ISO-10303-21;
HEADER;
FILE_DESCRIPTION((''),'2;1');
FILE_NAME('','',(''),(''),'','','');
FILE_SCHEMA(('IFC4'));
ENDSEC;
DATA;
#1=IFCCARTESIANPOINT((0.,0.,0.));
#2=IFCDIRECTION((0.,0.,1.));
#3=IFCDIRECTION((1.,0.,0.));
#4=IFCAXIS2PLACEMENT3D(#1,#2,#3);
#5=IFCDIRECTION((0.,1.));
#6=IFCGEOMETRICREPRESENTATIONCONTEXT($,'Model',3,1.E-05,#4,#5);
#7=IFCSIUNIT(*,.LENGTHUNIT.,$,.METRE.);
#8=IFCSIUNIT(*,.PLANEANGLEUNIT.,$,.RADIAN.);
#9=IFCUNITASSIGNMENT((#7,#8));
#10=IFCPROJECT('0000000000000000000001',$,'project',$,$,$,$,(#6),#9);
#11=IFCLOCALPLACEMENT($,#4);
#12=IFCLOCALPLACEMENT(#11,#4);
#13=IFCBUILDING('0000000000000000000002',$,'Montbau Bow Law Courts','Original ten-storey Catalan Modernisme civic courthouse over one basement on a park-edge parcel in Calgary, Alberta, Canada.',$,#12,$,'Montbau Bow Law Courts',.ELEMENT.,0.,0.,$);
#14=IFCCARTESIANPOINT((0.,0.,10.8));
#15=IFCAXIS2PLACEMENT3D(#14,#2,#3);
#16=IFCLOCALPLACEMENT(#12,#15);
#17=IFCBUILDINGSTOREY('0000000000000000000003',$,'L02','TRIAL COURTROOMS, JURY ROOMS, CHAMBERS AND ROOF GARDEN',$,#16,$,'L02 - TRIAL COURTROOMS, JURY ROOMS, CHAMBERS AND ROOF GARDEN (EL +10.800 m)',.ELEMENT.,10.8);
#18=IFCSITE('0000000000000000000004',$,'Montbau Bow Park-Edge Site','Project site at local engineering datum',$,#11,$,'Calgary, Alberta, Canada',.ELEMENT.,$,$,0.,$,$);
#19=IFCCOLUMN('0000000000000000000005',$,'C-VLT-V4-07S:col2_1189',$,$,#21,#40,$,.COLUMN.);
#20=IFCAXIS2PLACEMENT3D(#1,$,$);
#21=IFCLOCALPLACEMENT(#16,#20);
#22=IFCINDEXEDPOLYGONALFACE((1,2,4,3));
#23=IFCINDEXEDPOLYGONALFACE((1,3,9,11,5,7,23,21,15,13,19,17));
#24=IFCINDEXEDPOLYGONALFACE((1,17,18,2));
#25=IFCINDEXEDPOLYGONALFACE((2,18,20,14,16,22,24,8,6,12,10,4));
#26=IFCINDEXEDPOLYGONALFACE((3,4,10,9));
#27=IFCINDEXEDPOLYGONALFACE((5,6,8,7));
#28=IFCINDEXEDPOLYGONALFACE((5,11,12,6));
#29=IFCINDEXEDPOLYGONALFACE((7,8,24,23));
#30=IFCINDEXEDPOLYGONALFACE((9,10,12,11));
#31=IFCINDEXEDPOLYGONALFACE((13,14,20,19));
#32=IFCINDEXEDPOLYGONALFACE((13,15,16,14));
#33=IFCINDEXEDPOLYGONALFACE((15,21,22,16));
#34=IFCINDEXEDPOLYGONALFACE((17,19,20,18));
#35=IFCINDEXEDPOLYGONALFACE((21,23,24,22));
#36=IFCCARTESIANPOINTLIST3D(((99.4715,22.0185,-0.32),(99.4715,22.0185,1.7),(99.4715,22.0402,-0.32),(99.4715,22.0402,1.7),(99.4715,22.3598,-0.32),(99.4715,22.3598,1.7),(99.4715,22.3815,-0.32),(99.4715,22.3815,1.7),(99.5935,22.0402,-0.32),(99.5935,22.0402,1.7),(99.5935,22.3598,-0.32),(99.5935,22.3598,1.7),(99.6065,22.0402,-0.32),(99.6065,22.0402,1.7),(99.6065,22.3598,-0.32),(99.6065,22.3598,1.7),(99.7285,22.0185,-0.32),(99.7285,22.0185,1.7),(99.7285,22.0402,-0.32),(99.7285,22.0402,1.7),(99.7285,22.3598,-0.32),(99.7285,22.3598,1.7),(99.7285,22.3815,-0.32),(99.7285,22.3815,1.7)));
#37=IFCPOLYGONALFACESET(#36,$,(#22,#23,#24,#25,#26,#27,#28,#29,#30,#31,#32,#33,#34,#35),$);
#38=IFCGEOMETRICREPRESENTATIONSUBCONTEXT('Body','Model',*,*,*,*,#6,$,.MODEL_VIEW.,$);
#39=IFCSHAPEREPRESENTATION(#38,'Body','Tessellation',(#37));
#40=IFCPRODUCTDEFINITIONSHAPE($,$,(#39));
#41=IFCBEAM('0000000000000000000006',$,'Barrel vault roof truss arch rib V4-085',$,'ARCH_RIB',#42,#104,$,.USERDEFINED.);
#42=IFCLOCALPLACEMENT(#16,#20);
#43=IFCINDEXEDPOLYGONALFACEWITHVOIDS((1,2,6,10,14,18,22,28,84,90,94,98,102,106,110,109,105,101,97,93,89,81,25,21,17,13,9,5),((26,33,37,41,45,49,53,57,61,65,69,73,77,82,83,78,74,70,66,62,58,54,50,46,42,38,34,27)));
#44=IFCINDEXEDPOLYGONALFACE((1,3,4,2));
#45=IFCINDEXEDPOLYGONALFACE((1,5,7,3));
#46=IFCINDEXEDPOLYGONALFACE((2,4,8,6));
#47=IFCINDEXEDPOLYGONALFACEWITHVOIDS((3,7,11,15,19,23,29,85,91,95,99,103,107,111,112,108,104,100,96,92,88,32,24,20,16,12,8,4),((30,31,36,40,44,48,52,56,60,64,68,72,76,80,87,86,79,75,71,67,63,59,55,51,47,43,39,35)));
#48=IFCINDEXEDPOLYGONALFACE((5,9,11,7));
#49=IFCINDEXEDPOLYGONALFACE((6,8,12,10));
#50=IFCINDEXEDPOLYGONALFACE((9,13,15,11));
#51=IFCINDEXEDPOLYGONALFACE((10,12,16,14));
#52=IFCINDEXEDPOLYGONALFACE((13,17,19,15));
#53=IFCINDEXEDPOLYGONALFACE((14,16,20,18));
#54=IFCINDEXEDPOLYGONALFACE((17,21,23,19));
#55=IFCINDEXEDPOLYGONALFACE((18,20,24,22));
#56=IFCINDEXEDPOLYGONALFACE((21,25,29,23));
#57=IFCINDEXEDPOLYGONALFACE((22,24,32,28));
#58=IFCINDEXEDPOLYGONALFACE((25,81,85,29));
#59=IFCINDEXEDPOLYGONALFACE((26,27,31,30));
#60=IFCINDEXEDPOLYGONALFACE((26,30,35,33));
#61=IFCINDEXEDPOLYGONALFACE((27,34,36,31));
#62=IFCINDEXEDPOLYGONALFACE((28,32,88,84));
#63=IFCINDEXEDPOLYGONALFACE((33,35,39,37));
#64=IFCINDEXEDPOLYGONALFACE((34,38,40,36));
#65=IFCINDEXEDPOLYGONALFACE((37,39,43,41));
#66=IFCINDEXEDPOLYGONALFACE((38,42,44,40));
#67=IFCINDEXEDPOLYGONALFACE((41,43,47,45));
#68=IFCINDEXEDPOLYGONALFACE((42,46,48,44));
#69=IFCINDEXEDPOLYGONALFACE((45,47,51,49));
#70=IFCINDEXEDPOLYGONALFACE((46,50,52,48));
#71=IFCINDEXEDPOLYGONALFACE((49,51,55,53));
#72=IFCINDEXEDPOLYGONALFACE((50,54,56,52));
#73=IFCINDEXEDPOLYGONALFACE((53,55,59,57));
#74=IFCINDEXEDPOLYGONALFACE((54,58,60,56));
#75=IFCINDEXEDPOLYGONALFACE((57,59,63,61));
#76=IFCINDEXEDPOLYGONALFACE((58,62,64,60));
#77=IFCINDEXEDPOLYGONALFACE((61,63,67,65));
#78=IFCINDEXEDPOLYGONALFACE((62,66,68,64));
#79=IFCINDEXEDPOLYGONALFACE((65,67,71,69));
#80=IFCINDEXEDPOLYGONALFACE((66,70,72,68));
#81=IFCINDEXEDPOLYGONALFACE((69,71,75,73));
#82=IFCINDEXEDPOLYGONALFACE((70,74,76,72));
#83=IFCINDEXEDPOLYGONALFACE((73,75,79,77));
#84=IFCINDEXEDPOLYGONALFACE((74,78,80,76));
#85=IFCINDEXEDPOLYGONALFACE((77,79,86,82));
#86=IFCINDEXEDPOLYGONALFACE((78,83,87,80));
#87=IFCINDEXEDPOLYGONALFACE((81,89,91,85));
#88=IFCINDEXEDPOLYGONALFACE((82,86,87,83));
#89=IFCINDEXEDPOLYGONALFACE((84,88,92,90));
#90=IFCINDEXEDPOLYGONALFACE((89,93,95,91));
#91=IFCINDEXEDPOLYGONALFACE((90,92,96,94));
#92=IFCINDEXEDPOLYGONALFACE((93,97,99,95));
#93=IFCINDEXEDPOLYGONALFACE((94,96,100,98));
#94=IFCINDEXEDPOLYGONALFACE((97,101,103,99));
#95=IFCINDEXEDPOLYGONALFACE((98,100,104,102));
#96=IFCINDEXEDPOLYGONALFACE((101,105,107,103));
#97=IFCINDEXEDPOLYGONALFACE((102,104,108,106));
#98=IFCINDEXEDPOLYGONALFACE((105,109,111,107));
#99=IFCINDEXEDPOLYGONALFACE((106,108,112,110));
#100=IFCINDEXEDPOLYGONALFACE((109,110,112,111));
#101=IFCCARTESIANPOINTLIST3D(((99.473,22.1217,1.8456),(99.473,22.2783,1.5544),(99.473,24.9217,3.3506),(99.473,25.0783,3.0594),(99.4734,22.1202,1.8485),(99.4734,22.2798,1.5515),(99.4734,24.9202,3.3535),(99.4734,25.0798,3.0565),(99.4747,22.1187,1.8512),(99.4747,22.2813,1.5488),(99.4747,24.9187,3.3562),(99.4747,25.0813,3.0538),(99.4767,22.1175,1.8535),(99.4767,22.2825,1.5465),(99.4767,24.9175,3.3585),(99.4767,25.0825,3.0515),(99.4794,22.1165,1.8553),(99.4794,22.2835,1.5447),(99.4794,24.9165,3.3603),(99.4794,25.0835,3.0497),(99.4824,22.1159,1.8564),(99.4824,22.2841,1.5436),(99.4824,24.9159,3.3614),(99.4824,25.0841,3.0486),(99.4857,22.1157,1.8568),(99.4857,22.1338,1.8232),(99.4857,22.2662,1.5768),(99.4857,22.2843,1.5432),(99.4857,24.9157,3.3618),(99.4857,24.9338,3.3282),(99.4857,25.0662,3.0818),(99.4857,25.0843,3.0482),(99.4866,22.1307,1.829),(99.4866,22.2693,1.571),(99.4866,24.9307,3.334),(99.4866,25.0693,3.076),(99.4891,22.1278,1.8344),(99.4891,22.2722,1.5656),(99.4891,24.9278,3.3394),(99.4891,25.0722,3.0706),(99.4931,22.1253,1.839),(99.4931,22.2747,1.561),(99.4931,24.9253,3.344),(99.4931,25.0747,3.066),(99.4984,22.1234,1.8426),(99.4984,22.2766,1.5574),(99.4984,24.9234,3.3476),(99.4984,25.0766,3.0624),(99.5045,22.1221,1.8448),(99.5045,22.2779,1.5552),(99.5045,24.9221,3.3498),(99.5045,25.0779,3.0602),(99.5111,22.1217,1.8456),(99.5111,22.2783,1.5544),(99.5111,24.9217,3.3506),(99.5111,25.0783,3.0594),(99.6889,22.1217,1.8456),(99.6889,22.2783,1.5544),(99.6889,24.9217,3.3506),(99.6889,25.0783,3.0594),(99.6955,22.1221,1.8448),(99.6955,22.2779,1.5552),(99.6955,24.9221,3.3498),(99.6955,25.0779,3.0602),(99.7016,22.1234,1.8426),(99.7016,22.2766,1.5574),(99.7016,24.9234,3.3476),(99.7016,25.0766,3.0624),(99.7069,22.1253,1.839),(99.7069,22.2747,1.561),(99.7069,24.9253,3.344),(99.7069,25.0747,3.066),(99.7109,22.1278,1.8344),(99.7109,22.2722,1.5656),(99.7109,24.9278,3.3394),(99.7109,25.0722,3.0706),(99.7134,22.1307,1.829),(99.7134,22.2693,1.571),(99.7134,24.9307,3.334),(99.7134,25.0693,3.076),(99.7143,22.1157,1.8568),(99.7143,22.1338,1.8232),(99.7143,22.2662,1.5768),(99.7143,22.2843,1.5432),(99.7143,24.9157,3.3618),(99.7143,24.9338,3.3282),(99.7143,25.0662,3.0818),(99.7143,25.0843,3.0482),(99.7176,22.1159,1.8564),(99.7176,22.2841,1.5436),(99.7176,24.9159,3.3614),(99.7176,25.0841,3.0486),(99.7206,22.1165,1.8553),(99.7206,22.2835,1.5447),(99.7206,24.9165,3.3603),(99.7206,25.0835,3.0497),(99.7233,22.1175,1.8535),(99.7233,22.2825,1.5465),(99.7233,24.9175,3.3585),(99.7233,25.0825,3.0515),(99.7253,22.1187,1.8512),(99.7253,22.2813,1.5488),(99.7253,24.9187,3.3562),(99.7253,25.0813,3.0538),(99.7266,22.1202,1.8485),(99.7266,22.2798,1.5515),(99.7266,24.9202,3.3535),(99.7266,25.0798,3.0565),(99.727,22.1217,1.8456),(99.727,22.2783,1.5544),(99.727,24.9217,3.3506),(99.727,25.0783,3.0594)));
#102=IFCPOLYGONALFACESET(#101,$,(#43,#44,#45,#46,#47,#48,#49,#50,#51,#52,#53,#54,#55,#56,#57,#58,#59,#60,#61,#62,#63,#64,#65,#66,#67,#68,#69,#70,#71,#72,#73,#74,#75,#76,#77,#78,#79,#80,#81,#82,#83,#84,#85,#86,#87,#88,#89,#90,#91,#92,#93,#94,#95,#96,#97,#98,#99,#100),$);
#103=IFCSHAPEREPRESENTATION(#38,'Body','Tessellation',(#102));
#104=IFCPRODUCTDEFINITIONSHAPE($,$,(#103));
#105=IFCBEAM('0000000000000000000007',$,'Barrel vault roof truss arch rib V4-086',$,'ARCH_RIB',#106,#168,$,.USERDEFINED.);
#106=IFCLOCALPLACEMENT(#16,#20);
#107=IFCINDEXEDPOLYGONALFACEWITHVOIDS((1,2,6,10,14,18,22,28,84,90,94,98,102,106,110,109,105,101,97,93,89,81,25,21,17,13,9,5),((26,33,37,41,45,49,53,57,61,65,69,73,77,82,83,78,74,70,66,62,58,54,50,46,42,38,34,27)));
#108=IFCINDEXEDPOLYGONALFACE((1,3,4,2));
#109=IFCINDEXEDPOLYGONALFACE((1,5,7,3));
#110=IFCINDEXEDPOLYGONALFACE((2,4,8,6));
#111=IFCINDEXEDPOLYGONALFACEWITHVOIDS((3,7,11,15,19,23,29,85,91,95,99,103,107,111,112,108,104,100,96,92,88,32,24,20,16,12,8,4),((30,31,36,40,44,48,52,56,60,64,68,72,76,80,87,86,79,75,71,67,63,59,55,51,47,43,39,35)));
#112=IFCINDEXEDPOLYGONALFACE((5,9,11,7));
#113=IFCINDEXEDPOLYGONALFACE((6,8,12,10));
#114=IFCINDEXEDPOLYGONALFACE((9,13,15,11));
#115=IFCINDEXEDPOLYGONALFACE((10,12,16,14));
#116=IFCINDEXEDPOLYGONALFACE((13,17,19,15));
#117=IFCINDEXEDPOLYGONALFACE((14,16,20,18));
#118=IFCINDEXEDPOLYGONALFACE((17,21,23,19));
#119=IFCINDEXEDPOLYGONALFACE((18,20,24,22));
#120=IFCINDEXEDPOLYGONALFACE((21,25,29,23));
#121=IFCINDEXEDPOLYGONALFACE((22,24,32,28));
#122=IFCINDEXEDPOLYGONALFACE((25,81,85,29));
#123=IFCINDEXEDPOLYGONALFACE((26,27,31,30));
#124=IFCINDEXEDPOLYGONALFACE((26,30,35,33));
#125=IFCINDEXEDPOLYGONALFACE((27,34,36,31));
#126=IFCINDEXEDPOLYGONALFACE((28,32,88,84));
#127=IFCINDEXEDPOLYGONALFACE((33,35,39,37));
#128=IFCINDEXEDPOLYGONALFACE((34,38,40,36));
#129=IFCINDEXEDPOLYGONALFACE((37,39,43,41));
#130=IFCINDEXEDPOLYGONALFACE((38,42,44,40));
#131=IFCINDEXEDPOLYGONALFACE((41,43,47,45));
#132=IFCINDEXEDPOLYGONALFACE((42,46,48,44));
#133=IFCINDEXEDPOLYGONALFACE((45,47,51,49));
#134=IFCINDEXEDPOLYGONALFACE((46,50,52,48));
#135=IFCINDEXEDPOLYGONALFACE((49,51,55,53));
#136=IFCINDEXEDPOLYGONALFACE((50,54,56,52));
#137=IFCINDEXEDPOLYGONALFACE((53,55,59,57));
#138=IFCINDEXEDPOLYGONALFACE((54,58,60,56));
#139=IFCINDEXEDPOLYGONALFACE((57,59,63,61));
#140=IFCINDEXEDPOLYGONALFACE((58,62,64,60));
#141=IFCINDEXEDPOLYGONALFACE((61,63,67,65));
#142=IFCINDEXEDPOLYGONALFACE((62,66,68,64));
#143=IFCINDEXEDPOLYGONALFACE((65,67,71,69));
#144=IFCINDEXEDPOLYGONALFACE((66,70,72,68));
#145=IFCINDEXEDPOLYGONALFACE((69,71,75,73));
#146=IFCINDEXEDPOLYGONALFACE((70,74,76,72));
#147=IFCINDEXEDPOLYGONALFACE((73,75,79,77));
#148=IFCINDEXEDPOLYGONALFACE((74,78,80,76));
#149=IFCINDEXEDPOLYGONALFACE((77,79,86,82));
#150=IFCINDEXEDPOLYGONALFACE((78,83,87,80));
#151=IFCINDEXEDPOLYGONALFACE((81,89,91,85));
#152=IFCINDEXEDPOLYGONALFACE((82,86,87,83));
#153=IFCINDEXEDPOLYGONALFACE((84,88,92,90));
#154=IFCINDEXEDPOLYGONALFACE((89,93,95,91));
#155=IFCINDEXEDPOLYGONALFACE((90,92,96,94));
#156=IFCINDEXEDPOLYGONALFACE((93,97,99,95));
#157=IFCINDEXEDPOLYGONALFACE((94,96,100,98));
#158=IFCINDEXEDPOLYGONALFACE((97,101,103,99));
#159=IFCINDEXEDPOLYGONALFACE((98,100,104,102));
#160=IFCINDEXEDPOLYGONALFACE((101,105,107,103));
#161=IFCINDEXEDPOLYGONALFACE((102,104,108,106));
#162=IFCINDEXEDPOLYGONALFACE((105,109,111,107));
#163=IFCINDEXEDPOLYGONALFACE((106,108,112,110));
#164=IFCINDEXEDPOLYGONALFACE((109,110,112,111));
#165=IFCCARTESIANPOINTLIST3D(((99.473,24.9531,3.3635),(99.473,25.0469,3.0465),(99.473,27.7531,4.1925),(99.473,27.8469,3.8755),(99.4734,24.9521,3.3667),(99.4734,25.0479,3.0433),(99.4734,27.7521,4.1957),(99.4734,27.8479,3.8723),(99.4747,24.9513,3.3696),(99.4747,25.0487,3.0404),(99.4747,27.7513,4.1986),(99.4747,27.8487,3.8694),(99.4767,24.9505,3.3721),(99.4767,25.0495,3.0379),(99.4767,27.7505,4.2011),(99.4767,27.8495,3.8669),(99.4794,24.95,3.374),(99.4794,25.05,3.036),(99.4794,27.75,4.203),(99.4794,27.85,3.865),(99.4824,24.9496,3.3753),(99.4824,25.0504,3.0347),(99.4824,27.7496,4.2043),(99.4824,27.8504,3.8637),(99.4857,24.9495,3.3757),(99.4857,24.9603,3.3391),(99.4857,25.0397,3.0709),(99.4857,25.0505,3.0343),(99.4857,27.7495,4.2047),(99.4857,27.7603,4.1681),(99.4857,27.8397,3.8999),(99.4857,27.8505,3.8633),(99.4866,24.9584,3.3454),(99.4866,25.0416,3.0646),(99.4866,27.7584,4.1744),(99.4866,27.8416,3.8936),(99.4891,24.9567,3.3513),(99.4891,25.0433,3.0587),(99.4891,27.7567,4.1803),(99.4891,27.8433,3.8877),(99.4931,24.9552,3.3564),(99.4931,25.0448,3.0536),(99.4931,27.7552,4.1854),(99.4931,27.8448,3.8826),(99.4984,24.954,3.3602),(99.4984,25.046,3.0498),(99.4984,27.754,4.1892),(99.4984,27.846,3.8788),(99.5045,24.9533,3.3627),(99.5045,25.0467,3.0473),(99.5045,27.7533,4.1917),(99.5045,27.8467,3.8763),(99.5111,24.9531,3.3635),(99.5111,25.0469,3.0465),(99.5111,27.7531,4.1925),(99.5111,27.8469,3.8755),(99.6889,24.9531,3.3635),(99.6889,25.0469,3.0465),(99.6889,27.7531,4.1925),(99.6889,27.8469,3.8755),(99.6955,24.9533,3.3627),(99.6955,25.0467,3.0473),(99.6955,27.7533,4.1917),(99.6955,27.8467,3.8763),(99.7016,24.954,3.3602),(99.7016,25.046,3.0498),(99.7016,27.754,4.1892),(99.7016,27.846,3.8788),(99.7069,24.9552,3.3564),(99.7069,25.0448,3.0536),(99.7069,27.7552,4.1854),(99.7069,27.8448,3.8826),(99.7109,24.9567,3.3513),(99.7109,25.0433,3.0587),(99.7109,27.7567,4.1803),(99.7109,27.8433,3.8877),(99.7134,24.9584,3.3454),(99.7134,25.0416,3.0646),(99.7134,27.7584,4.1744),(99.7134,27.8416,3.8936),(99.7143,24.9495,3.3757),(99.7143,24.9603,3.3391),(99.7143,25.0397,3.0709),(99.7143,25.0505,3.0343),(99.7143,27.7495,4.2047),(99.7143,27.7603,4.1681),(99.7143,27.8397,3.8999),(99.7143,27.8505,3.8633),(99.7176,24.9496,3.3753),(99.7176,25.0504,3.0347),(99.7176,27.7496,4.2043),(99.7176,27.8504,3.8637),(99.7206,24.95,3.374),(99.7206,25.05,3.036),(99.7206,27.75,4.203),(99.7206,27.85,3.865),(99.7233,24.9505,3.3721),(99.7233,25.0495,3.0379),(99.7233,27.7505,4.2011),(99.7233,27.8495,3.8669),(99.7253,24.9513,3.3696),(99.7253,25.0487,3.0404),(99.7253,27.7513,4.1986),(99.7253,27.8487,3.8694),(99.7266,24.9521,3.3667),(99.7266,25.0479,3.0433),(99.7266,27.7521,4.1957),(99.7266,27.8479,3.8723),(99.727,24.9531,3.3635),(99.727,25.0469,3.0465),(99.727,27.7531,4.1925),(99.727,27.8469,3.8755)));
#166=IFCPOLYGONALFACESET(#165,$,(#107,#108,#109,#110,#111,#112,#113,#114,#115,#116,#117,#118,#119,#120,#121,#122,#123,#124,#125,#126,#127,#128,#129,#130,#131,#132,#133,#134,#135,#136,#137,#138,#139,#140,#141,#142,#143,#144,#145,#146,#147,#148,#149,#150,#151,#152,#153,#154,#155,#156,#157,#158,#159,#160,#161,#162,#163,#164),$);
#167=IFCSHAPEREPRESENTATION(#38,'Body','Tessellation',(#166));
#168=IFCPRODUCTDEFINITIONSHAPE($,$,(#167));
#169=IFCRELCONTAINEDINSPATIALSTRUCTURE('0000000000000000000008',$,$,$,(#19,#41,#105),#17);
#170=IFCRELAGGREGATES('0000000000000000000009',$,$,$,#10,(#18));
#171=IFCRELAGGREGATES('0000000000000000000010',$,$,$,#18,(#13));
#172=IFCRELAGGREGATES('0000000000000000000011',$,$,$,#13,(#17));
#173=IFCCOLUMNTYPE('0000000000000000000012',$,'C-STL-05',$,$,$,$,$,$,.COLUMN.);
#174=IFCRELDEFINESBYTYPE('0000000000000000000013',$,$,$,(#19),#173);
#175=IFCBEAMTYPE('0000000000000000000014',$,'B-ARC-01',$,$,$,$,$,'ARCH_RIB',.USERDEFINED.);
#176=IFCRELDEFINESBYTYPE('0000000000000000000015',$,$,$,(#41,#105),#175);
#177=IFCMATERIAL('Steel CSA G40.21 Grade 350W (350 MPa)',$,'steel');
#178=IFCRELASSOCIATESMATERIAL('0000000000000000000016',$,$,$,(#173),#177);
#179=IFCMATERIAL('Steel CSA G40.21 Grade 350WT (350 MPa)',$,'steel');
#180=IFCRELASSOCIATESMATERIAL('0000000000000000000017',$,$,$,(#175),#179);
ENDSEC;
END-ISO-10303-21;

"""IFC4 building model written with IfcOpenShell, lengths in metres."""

from ifc_helpers import new_model, si_unit, direction, frame, origin_with_axes, origin_2d_with_axis, place, context, subcontext, project, spatial, hollow_rectangle, i_section, extrude, material, material_profile, profile_set, type_object, element, save


model = new_model("IFC4")

# Units and contexts
model_context = context("Model", 3, precision=1e-05, world=origin_with_axes(), true_north=direction((0.0, 1.0)))
body_context = subcontext(model_context, "Body", "Model", "MODEL_VIEW")
ifc_project = project(units=[si_unit("LENGTHUNIT", "METRE"), si_unit("PLANEANGLEUNIT", "RADIAN")], contexts=[model_context])

# Site, building, storey
site_placement = place(None, origin_with_axes())
site = spatial("IfcSite", under=ifc_project, at=site_placement, Name="Montbau Bow Park-Edge Site", Description="Project site at local engineering datum", LongName="Calgary, Alberta, Canada", CompositionType="ELEMENT", RefElevation=0.0)
building_placement = place(site_placement, origin_with_axes())
building = spatial("IfcBuilding", under=site, at=building_placement, Name="Montbau Bow Law Courts", Description="Original ten-storey Catalan Modernisme civic courthouse over one basement on a park-edge parcel in Calgary, Alberta, Canada.", LongName="Montbau Bow Law Courts", CompositionType="ELEMENT", ElevationOfRefHeight=0.0, ElevationOfTerrain=0.0)
storey_placement = place(building_placement, frame((0.0, 0.0, 10.8), z_axis=(0.0, 0.0, 1.0), x_axis=(1.0, 0.0, 0.0)))
storey = spatial("IfcBuildingStorey", under=building, at=storey_placement, Name="L02", Description="TRIAL COURTROOMS, JURY ROOMS, CHAMBERS AND ROOF GARDEN", LongName="L02 - TRIAL COURTROOMS, JURY ROOMS, CHAMBERS AND ROOF GARDEN (EL +10.800 m)", CompositionType="ELEMENT", Elevation=10.8)

# Column
ifc_material_1 = material(Name="Steel CSA G40.21 Grade 350W (350 MPa)", Category="steel")
ifc_material_profile_1 = material_profile(ifc_material_1, i_section(OverallWidth=0.257, OverallDepth=0.363, WebThickness=0.013, FlangeThickness=0.0217, at=origin_2d_with_axis()), Name="W360X122", Category="Main", Priority=0)
ifc_profile_set_1 = profile_set([ifc_material_profile_1], Name="Steel CSA G40.21 Grade 350W (350 MPa)")
column_type = type_object("IfcColumnType", Name="C-STL-05", PredefinedType="COLUMN", material=ifc_profile_set_1)
column_placement = place(None, frame((99.6, 22.2, 10.48), z_axis=(0.0, 0.0, 1.0), x_axis=(1.0, 0.0, 0.0)))
element("IfcColumn", 1, at=column_placement, inside=storey, type_object=column_type, Name="C-VLT-V4-07S:col2_1189", PredefinedType="COLUMN", context=body_context, shape_type="SweptSolid", body=[
    extrude(i_section(OverallWidth=0.257, OverallDepth=0.363, WebThickness=0.013, FlangeThickness=0.0217, at=origin_2d_with_axis()), origin_with_axes(), (0.0, 0.0, 1.0), 2.02),
])

# Beams
ifc_material_2 = material(Name="Steel CSA G40.21 Grade 350WT (350 MPa)", Category="steel")
ifc_material_profile_2 = material_profile(ifc_material_2, hollow_rectangle(XDim=0.254, YDim=0.356, WallThickness=0.0127, InnerFilletRadius=0.0254, OuterFilletRadius=0.0127, at=origin_2d_with_axis()), Name="HSS356X254X13", Category="Main", Priority=0)
ifc_profile_set_2 = profile_set([ifc_material_profile_2], Name="Steel CSA G40.21 Grade 350WT (350 MPa)")
beam_type_1 = type_object("IfcBeamType", Name="B-ARC-01", ElementType="ARCH_RIB", PredefinedType="USERDEFINED", material=ifc_profile_set_2)
beam_1_placement = place(None, frame((99.6, 22.2, 12.5), z_axis=(0.0, 0.880824, 0.473443), x_axis=(-1.0, 0.0, 0.0)))
element("IfcBeam", 2, at=beam_1_placement, inside=storey, type_object=beam_type_1, Name="Barrel vault roof truss arch rib V4-085", ObjectType="ARCH_RIB", PredefinedType="USERDEFINED", context=body_context, shape_type="SweptSolid", body=[
    extrude(hollow_rectangle(XDim=0.254, YDim=0.356, WallThickness=0.0127, InnerFilletRadius=0.0254, OuterFilletRadius=0.0127, at=origin_2d_with_axis()), origin_with_axes(), (0.0, 0.0, 1.0), 3.1788),
])
beam_2_placement = place(None, frame((99.6, 25.0, 14.005), z_axis=(0.0, 0.958857, 0.28389), x_axis=(-1.0, 0.0, 0.0)))
element("IfcBeam", 3, at=beam_2_placement, inside=storey, type_object=beam_type_1, Name="Barrel vault roof truss arch rib V4-086", ObjectType="ARCH_RIB", PredefinedType="USERDEFINED", context=body_context, shape_type="SweptSolid", body=[
    extrude(hollow_rectangle(XDim=0.254, YDim=0.356, WallThickness=0.0127, InnerFilletRadius=0.0254, OuterFilletRadius=0.0127, at=origin_2d_with_axis()), origin_with_axes(), (0.0, 0.0, 1.0), 2.9201),
])

save(model, "model.ifc")
